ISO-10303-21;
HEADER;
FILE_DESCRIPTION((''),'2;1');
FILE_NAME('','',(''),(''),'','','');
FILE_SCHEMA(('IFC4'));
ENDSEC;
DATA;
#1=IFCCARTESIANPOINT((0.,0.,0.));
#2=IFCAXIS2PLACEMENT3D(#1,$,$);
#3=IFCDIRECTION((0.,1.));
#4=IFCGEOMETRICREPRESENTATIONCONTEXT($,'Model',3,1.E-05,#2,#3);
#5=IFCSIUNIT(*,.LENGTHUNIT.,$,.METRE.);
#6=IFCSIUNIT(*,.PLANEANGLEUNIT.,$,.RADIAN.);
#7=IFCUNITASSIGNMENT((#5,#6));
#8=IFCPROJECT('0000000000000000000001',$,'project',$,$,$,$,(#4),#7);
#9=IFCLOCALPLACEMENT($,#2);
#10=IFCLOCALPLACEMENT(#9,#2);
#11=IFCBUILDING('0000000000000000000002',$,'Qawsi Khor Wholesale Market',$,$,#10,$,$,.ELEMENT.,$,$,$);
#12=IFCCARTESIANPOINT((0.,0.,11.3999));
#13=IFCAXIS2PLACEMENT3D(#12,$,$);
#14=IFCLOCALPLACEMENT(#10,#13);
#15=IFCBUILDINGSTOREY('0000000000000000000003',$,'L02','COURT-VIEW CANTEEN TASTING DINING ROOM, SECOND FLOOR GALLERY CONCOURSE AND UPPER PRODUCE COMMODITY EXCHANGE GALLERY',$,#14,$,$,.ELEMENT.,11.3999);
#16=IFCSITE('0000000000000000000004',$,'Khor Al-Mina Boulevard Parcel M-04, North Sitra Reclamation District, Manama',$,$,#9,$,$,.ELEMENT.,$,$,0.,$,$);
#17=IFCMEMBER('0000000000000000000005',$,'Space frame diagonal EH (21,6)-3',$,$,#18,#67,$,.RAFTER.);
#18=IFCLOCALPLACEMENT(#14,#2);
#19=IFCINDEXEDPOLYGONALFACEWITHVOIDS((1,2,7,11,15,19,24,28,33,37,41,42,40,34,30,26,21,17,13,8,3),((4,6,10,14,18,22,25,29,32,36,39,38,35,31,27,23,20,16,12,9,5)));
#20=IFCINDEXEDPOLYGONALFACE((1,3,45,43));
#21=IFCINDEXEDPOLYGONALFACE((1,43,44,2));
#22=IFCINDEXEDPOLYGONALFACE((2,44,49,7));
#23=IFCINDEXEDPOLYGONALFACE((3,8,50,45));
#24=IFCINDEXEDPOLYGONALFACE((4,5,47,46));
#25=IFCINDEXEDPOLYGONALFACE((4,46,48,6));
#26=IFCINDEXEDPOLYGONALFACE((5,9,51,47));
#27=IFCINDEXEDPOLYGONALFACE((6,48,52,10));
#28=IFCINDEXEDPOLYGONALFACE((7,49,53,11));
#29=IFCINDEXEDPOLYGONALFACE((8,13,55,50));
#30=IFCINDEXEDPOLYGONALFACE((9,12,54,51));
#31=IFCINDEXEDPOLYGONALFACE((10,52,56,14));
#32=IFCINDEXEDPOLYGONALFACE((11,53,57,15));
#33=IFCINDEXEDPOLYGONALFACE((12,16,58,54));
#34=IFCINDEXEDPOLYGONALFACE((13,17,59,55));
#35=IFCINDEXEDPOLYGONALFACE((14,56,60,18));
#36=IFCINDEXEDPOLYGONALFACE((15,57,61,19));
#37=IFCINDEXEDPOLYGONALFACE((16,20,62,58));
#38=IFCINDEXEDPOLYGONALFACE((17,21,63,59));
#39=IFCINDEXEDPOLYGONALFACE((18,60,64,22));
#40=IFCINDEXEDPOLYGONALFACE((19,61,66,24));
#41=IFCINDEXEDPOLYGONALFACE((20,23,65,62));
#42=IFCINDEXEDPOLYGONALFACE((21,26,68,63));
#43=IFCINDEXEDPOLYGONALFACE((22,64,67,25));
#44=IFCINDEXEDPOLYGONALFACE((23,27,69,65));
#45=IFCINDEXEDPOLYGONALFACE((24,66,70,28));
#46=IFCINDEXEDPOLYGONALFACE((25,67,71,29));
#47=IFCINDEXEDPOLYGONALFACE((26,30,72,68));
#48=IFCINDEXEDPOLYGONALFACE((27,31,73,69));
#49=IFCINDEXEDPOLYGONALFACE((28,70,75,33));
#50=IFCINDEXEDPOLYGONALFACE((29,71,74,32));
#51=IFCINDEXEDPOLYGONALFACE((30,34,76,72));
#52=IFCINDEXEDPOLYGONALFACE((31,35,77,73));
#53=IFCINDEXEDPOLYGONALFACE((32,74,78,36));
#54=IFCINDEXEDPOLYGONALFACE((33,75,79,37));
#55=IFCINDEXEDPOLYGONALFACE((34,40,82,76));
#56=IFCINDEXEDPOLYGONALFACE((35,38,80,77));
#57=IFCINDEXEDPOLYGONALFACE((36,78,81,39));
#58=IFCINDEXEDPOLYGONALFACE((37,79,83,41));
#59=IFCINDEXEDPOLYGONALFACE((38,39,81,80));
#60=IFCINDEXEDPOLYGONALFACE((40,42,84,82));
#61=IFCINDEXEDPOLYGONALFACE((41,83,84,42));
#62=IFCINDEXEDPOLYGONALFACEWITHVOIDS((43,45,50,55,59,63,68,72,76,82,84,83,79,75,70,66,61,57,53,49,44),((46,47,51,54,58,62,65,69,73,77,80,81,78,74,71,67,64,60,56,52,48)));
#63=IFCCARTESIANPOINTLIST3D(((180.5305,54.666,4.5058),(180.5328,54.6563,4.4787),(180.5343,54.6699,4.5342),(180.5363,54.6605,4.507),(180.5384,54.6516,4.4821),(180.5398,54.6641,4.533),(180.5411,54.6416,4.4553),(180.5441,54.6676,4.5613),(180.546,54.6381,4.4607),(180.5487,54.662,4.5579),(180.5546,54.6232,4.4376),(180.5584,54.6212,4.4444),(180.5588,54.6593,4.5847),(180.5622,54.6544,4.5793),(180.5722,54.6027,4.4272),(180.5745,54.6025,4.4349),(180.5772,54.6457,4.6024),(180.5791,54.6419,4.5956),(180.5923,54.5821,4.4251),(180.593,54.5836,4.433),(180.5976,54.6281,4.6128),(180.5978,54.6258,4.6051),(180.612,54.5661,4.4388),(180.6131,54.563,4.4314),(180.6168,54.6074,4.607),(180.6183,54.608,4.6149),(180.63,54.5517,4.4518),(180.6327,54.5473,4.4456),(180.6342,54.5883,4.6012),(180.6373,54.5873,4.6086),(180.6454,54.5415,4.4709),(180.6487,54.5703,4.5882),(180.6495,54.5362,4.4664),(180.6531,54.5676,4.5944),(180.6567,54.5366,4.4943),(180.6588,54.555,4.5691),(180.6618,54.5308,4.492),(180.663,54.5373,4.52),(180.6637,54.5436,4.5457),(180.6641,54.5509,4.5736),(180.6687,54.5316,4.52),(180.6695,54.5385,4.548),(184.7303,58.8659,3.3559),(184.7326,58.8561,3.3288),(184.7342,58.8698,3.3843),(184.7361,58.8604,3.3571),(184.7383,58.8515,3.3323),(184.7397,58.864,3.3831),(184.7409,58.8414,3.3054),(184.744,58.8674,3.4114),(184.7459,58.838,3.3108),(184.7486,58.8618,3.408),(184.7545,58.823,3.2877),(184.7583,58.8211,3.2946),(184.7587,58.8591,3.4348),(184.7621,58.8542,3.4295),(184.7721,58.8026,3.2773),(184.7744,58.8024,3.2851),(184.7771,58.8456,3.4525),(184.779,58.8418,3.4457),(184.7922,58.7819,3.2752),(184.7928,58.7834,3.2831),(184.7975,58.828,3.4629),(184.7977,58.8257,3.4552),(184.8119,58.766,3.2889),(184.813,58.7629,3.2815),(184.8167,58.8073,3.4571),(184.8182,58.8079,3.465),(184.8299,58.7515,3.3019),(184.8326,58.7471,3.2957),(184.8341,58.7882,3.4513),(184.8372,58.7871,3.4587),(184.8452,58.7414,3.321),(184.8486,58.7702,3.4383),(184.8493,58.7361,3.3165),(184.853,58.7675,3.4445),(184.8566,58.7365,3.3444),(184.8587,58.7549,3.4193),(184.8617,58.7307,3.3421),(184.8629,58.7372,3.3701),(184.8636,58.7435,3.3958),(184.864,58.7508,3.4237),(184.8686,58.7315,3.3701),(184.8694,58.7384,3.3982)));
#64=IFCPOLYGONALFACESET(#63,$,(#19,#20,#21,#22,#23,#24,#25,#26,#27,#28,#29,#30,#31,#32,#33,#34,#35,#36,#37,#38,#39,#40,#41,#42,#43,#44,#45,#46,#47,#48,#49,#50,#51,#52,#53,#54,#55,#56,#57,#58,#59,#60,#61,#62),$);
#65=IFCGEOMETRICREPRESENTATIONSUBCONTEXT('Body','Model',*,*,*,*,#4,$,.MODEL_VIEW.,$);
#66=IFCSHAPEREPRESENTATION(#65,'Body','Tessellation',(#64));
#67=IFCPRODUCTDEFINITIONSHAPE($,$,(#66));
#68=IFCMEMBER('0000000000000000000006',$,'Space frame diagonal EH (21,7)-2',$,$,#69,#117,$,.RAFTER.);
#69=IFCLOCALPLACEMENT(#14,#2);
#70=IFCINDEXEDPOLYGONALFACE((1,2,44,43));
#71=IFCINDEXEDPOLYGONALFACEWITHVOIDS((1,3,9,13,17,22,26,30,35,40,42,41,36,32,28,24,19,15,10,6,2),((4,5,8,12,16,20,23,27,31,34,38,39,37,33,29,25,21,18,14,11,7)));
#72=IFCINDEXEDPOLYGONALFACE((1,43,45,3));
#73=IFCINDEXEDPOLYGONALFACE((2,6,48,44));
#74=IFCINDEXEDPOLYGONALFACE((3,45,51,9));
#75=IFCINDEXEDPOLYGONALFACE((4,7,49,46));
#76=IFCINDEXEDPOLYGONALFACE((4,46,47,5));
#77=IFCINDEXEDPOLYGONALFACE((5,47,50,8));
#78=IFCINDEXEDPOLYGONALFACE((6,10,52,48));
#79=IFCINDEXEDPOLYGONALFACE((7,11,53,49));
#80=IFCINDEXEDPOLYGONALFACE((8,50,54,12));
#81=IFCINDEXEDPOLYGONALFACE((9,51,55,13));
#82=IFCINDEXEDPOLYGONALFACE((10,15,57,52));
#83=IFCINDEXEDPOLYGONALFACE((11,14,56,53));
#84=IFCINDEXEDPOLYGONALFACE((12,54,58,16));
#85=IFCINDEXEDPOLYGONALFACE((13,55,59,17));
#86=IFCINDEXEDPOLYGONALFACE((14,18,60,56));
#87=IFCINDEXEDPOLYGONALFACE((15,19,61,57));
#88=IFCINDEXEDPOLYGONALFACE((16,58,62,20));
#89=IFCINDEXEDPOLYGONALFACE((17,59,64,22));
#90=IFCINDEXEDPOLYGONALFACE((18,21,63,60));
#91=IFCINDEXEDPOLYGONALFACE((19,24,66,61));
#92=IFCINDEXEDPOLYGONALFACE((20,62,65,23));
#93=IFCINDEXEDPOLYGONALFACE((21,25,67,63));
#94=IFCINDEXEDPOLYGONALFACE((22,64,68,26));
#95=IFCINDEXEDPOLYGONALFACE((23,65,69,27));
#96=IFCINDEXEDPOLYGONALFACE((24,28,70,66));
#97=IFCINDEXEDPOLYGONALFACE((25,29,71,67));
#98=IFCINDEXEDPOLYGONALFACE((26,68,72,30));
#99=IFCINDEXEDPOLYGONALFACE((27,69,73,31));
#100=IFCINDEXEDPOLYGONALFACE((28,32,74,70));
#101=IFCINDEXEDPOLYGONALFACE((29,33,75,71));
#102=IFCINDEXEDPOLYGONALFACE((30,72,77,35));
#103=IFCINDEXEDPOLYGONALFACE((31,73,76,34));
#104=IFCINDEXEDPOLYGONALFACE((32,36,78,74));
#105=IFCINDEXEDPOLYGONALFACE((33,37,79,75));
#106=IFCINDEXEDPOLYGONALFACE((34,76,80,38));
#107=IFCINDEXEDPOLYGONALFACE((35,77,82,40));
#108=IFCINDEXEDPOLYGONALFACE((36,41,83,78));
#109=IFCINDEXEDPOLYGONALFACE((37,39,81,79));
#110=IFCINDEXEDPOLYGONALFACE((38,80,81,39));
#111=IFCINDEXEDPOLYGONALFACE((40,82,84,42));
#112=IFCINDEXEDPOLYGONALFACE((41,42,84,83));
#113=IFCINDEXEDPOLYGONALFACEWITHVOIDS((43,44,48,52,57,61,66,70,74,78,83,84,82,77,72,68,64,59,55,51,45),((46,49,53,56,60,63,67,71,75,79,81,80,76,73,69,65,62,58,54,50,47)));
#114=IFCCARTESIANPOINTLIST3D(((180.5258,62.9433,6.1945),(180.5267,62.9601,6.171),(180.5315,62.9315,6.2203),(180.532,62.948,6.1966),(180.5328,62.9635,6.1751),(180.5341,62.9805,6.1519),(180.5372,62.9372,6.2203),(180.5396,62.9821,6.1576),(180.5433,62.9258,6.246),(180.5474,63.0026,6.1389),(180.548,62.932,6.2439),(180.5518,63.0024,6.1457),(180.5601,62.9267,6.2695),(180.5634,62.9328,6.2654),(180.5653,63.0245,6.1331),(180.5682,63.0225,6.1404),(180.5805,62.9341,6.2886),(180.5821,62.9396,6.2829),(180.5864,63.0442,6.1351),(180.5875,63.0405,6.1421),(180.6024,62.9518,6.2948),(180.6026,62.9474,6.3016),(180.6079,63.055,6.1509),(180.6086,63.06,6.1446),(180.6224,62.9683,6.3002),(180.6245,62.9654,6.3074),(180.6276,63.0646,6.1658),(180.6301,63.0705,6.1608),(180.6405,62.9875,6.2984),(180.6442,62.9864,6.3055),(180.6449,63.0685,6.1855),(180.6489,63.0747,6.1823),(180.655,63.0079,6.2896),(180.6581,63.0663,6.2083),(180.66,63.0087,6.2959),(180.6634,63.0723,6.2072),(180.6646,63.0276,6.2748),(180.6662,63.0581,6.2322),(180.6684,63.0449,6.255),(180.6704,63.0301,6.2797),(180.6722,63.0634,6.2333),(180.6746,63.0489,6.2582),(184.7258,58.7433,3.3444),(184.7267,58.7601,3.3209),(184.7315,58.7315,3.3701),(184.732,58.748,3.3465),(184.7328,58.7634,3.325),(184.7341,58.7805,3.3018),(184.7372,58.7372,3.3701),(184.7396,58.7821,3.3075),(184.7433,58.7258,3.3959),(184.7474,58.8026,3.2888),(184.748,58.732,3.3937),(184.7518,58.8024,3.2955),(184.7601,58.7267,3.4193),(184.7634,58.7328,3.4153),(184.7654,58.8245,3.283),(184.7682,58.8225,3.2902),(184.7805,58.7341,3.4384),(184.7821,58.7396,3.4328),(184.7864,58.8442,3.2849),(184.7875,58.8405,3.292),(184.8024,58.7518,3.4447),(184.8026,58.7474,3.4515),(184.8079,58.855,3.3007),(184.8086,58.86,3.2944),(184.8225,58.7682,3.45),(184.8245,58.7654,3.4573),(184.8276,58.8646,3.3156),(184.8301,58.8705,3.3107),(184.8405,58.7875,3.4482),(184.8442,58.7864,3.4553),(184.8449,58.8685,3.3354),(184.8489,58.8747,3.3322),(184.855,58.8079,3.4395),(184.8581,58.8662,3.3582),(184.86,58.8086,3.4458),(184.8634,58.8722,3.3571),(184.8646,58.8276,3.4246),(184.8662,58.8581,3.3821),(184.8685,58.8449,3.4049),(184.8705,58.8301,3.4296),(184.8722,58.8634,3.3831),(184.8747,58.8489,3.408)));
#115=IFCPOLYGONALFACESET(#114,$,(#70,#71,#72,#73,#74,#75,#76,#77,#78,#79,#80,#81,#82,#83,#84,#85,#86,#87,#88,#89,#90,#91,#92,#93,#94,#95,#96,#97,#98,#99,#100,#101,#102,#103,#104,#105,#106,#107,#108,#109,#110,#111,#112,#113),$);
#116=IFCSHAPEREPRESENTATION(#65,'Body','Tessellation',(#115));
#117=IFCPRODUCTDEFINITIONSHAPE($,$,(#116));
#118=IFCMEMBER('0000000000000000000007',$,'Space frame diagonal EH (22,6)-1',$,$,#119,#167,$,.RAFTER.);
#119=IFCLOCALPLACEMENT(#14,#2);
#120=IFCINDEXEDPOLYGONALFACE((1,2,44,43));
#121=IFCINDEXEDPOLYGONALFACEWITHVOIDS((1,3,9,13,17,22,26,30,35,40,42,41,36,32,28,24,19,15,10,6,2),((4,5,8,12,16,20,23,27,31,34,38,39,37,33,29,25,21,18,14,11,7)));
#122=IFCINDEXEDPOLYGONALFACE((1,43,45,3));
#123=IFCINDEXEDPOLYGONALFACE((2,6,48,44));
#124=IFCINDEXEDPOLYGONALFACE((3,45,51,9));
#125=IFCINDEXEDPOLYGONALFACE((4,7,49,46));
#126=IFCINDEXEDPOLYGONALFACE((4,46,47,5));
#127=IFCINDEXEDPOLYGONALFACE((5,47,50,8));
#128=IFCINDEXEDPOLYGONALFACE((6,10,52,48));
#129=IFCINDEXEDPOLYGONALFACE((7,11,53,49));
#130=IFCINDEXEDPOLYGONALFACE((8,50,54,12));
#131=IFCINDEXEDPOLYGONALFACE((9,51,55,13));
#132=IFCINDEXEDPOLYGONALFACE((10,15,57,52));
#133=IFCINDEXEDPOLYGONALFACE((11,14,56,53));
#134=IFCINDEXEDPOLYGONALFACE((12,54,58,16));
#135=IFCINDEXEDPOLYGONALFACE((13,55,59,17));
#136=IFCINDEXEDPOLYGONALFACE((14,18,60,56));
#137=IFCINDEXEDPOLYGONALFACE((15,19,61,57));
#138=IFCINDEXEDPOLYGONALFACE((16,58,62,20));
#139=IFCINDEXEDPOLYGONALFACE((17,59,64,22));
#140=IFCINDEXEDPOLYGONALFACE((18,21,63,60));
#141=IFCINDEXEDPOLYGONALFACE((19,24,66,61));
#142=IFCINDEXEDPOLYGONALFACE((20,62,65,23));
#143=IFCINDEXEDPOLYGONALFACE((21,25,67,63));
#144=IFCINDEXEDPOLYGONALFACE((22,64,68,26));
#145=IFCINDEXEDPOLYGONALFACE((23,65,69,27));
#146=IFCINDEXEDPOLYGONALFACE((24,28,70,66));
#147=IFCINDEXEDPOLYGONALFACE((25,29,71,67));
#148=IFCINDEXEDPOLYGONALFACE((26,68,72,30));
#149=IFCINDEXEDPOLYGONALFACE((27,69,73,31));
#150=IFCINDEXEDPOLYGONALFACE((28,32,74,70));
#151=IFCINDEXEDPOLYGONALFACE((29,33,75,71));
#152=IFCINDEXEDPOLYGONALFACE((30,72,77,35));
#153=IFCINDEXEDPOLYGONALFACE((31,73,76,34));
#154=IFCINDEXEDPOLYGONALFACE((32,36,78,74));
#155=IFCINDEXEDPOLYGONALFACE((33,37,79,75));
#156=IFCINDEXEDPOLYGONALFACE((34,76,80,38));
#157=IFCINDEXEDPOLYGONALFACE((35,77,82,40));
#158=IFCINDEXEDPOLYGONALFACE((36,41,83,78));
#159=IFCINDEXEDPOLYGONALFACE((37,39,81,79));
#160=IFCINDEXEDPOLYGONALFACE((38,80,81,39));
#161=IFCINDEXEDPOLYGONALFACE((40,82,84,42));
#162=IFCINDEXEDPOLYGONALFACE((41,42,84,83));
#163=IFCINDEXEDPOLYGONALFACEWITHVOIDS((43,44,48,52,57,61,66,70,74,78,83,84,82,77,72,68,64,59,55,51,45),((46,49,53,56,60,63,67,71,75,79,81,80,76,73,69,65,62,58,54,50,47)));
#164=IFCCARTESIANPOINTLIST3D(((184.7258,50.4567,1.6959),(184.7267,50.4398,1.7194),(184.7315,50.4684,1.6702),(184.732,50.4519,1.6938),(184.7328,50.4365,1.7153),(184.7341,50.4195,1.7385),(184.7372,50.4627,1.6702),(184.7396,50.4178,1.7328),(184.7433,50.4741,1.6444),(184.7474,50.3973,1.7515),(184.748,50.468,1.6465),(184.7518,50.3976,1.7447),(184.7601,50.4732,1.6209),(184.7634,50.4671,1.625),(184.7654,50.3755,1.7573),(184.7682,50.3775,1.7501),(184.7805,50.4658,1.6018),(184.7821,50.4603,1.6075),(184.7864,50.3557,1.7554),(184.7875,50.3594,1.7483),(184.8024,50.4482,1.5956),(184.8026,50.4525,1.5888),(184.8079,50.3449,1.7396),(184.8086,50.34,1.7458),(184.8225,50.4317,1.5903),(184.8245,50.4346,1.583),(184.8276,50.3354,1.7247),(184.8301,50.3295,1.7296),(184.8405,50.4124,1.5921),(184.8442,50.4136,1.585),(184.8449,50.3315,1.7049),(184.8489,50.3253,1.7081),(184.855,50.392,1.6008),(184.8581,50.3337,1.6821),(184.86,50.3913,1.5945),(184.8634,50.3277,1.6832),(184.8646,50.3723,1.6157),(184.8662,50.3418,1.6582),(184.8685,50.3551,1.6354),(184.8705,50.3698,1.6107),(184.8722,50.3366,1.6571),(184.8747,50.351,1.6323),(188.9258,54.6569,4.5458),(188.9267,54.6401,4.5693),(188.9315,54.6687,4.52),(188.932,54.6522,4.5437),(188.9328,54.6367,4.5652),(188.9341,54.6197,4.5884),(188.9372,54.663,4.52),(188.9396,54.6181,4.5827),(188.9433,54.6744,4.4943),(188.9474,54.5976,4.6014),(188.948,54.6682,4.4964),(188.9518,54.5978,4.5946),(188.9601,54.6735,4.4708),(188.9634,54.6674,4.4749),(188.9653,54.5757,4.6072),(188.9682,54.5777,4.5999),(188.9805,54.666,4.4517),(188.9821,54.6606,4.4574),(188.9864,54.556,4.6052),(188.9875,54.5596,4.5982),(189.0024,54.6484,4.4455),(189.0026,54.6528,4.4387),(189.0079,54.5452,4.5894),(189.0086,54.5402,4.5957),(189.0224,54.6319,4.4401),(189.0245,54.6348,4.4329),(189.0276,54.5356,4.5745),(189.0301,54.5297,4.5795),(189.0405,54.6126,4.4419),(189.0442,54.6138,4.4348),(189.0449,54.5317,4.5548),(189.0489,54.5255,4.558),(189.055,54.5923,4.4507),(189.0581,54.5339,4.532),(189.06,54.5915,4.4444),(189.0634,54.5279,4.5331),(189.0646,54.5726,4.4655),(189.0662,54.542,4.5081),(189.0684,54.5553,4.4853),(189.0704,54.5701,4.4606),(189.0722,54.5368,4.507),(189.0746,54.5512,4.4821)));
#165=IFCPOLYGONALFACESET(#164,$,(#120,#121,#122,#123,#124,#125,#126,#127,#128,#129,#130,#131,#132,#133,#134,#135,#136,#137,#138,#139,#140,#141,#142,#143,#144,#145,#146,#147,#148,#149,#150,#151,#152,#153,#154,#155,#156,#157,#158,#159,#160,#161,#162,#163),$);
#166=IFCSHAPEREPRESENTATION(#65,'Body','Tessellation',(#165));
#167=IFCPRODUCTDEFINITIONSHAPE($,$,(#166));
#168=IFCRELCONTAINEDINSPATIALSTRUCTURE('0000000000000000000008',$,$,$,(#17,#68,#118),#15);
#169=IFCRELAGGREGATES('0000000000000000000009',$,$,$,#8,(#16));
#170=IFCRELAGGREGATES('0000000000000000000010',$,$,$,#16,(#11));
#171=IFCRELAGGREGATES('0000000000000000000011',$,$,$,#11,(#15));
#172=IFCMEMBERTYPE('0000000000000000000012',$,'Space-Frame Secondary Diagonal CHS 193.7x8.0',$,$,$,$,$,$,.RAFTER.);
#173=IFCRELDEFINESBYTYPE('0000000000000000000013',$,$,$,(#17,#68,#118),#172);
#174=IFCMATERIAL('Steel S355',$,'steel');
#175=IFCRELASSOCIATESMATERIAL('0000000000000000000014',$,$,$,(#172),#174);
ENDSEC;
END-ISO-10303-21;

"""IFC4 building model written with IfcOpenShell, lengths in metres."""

from ifc_helpers import new_model, si_unit, direction, frame, origin, origin_2d, place, context, subcontext, project, spatial, hollow_circle, extrude, material, material_profile, profile_set, type_object, element, save


model = new_model("IFC4")

# Units and contexts
model_context = context("Model", 3, precision=1e-05, world=origin(), true_north=direction((0.0, 1.0)))
body_context = subcontext(model_context, "Body", "Model", "MODEL_VIEW")
ifc_project = project(units=[si_unit("LENGTHUNIT", "METRE"), si_unit("PLANEANGLEUNIT", "RADIAN")], contexts=[model_context])

# Site, building, storey
site_placement = place(None, origin())
site = spatial("IfcSite", under=ifc_project, at=site_placement, Name="Khor Al-Mina Boulevard Parcel M-04, North Sitra Reclamation District, Manama", CompositionType="ELEMENT", RefElevation=0.0)
building_placement = place(site_placement, origin())
building = spatial("IfcBuilding", under=site, at=building_placement, Name="Qawsi Khor Wholesale Market", CompositionType="ELEMENT")
storey_placement = place(building_placement, frame((0.0, 0.0, 11.3999)))
storey = spatial("IfcBuildingStorey", under=building, at=storey_placement, Name="L02", Description="COURT-VIEW CANTEEN TASTING DINING ROOM, SECOND FLOOR GALLERY CONCOURSE AND UPPER PRODUCE COMMODITY EXCHANGE GALLERY", CompositionType="ELEMENT", Elevation=11.3999)

# Members
ifc_material_1 = material(Name="Steel S355", Category="steel")
ifc_material_profile_1 = material_profile(ifc_material_1, hollow_circle(Radius=0.0969, WallThickness=0.0081, at=origin_2d()), Name="CHS 193.7x8.0")
ifc_profile_set_1 = profile_set([ifc_material_profile_1], Name="Steel S355")
member_type_1 = type_object("IfcMemberType", Name="Space-Frame Secondary Diagonal CHS 193.7x8.0", PredefinedType="RAFTER", material=ifc_profile_set_1)
member_1_placement = place(storey_placement, frame((184.8, 58.8, 3.3701), z_axis=(-0.694217, -0.694217, 0.190069), x_axis=(0.707107, -0.707107, 0.0)))
element("IfcMember", 1, at=member_1_placement, inside=storey, type_object=member_type_1, Name="Space frame diagonal EH (21,6)-3", PredefinedType="RAFTER", context=body_context, shape_type="SweptSolid", body=[
    extrude(hollow_circle(Radius=0.0969, WallThickness=0.0081, at=origin_2d()), origin(), (0.0, 0.0, 1.0), 6.0498),
])
for number, where, z_axis, x_axis, name in (
    (2, (184.8, 58.8, 3.3701), (-0.637512, 0.637512, 0.432617), (-0.707107, -0.707107, 0.0), "Space frame diagonal EH (21,7)-2"),
    (3, (184.8, 50.3999, 1.6702), (0.637507, 0.637544, 0.432577), (-0.707127, 0.707086, 0.0), "Space frame diagonal EH (22,6)-1"),
):
    element("IfcMember", number, at=place(storey_placement, frame(where, z_axis=z_axis, x_axis=x_axis)), inside=storey, type_object=member_type_1, Name=name, PredefinedType="RAFTER", context=body_context, shape_type="SweptSolid", body=[
        extrude(hollow_circle(Radius=0.0969, WallThickness=0.0081, at=origin_2d()), origin(), (0.0, 0.0, 1.0), 6.5881),
    ])

save(model, "model.ifc")
